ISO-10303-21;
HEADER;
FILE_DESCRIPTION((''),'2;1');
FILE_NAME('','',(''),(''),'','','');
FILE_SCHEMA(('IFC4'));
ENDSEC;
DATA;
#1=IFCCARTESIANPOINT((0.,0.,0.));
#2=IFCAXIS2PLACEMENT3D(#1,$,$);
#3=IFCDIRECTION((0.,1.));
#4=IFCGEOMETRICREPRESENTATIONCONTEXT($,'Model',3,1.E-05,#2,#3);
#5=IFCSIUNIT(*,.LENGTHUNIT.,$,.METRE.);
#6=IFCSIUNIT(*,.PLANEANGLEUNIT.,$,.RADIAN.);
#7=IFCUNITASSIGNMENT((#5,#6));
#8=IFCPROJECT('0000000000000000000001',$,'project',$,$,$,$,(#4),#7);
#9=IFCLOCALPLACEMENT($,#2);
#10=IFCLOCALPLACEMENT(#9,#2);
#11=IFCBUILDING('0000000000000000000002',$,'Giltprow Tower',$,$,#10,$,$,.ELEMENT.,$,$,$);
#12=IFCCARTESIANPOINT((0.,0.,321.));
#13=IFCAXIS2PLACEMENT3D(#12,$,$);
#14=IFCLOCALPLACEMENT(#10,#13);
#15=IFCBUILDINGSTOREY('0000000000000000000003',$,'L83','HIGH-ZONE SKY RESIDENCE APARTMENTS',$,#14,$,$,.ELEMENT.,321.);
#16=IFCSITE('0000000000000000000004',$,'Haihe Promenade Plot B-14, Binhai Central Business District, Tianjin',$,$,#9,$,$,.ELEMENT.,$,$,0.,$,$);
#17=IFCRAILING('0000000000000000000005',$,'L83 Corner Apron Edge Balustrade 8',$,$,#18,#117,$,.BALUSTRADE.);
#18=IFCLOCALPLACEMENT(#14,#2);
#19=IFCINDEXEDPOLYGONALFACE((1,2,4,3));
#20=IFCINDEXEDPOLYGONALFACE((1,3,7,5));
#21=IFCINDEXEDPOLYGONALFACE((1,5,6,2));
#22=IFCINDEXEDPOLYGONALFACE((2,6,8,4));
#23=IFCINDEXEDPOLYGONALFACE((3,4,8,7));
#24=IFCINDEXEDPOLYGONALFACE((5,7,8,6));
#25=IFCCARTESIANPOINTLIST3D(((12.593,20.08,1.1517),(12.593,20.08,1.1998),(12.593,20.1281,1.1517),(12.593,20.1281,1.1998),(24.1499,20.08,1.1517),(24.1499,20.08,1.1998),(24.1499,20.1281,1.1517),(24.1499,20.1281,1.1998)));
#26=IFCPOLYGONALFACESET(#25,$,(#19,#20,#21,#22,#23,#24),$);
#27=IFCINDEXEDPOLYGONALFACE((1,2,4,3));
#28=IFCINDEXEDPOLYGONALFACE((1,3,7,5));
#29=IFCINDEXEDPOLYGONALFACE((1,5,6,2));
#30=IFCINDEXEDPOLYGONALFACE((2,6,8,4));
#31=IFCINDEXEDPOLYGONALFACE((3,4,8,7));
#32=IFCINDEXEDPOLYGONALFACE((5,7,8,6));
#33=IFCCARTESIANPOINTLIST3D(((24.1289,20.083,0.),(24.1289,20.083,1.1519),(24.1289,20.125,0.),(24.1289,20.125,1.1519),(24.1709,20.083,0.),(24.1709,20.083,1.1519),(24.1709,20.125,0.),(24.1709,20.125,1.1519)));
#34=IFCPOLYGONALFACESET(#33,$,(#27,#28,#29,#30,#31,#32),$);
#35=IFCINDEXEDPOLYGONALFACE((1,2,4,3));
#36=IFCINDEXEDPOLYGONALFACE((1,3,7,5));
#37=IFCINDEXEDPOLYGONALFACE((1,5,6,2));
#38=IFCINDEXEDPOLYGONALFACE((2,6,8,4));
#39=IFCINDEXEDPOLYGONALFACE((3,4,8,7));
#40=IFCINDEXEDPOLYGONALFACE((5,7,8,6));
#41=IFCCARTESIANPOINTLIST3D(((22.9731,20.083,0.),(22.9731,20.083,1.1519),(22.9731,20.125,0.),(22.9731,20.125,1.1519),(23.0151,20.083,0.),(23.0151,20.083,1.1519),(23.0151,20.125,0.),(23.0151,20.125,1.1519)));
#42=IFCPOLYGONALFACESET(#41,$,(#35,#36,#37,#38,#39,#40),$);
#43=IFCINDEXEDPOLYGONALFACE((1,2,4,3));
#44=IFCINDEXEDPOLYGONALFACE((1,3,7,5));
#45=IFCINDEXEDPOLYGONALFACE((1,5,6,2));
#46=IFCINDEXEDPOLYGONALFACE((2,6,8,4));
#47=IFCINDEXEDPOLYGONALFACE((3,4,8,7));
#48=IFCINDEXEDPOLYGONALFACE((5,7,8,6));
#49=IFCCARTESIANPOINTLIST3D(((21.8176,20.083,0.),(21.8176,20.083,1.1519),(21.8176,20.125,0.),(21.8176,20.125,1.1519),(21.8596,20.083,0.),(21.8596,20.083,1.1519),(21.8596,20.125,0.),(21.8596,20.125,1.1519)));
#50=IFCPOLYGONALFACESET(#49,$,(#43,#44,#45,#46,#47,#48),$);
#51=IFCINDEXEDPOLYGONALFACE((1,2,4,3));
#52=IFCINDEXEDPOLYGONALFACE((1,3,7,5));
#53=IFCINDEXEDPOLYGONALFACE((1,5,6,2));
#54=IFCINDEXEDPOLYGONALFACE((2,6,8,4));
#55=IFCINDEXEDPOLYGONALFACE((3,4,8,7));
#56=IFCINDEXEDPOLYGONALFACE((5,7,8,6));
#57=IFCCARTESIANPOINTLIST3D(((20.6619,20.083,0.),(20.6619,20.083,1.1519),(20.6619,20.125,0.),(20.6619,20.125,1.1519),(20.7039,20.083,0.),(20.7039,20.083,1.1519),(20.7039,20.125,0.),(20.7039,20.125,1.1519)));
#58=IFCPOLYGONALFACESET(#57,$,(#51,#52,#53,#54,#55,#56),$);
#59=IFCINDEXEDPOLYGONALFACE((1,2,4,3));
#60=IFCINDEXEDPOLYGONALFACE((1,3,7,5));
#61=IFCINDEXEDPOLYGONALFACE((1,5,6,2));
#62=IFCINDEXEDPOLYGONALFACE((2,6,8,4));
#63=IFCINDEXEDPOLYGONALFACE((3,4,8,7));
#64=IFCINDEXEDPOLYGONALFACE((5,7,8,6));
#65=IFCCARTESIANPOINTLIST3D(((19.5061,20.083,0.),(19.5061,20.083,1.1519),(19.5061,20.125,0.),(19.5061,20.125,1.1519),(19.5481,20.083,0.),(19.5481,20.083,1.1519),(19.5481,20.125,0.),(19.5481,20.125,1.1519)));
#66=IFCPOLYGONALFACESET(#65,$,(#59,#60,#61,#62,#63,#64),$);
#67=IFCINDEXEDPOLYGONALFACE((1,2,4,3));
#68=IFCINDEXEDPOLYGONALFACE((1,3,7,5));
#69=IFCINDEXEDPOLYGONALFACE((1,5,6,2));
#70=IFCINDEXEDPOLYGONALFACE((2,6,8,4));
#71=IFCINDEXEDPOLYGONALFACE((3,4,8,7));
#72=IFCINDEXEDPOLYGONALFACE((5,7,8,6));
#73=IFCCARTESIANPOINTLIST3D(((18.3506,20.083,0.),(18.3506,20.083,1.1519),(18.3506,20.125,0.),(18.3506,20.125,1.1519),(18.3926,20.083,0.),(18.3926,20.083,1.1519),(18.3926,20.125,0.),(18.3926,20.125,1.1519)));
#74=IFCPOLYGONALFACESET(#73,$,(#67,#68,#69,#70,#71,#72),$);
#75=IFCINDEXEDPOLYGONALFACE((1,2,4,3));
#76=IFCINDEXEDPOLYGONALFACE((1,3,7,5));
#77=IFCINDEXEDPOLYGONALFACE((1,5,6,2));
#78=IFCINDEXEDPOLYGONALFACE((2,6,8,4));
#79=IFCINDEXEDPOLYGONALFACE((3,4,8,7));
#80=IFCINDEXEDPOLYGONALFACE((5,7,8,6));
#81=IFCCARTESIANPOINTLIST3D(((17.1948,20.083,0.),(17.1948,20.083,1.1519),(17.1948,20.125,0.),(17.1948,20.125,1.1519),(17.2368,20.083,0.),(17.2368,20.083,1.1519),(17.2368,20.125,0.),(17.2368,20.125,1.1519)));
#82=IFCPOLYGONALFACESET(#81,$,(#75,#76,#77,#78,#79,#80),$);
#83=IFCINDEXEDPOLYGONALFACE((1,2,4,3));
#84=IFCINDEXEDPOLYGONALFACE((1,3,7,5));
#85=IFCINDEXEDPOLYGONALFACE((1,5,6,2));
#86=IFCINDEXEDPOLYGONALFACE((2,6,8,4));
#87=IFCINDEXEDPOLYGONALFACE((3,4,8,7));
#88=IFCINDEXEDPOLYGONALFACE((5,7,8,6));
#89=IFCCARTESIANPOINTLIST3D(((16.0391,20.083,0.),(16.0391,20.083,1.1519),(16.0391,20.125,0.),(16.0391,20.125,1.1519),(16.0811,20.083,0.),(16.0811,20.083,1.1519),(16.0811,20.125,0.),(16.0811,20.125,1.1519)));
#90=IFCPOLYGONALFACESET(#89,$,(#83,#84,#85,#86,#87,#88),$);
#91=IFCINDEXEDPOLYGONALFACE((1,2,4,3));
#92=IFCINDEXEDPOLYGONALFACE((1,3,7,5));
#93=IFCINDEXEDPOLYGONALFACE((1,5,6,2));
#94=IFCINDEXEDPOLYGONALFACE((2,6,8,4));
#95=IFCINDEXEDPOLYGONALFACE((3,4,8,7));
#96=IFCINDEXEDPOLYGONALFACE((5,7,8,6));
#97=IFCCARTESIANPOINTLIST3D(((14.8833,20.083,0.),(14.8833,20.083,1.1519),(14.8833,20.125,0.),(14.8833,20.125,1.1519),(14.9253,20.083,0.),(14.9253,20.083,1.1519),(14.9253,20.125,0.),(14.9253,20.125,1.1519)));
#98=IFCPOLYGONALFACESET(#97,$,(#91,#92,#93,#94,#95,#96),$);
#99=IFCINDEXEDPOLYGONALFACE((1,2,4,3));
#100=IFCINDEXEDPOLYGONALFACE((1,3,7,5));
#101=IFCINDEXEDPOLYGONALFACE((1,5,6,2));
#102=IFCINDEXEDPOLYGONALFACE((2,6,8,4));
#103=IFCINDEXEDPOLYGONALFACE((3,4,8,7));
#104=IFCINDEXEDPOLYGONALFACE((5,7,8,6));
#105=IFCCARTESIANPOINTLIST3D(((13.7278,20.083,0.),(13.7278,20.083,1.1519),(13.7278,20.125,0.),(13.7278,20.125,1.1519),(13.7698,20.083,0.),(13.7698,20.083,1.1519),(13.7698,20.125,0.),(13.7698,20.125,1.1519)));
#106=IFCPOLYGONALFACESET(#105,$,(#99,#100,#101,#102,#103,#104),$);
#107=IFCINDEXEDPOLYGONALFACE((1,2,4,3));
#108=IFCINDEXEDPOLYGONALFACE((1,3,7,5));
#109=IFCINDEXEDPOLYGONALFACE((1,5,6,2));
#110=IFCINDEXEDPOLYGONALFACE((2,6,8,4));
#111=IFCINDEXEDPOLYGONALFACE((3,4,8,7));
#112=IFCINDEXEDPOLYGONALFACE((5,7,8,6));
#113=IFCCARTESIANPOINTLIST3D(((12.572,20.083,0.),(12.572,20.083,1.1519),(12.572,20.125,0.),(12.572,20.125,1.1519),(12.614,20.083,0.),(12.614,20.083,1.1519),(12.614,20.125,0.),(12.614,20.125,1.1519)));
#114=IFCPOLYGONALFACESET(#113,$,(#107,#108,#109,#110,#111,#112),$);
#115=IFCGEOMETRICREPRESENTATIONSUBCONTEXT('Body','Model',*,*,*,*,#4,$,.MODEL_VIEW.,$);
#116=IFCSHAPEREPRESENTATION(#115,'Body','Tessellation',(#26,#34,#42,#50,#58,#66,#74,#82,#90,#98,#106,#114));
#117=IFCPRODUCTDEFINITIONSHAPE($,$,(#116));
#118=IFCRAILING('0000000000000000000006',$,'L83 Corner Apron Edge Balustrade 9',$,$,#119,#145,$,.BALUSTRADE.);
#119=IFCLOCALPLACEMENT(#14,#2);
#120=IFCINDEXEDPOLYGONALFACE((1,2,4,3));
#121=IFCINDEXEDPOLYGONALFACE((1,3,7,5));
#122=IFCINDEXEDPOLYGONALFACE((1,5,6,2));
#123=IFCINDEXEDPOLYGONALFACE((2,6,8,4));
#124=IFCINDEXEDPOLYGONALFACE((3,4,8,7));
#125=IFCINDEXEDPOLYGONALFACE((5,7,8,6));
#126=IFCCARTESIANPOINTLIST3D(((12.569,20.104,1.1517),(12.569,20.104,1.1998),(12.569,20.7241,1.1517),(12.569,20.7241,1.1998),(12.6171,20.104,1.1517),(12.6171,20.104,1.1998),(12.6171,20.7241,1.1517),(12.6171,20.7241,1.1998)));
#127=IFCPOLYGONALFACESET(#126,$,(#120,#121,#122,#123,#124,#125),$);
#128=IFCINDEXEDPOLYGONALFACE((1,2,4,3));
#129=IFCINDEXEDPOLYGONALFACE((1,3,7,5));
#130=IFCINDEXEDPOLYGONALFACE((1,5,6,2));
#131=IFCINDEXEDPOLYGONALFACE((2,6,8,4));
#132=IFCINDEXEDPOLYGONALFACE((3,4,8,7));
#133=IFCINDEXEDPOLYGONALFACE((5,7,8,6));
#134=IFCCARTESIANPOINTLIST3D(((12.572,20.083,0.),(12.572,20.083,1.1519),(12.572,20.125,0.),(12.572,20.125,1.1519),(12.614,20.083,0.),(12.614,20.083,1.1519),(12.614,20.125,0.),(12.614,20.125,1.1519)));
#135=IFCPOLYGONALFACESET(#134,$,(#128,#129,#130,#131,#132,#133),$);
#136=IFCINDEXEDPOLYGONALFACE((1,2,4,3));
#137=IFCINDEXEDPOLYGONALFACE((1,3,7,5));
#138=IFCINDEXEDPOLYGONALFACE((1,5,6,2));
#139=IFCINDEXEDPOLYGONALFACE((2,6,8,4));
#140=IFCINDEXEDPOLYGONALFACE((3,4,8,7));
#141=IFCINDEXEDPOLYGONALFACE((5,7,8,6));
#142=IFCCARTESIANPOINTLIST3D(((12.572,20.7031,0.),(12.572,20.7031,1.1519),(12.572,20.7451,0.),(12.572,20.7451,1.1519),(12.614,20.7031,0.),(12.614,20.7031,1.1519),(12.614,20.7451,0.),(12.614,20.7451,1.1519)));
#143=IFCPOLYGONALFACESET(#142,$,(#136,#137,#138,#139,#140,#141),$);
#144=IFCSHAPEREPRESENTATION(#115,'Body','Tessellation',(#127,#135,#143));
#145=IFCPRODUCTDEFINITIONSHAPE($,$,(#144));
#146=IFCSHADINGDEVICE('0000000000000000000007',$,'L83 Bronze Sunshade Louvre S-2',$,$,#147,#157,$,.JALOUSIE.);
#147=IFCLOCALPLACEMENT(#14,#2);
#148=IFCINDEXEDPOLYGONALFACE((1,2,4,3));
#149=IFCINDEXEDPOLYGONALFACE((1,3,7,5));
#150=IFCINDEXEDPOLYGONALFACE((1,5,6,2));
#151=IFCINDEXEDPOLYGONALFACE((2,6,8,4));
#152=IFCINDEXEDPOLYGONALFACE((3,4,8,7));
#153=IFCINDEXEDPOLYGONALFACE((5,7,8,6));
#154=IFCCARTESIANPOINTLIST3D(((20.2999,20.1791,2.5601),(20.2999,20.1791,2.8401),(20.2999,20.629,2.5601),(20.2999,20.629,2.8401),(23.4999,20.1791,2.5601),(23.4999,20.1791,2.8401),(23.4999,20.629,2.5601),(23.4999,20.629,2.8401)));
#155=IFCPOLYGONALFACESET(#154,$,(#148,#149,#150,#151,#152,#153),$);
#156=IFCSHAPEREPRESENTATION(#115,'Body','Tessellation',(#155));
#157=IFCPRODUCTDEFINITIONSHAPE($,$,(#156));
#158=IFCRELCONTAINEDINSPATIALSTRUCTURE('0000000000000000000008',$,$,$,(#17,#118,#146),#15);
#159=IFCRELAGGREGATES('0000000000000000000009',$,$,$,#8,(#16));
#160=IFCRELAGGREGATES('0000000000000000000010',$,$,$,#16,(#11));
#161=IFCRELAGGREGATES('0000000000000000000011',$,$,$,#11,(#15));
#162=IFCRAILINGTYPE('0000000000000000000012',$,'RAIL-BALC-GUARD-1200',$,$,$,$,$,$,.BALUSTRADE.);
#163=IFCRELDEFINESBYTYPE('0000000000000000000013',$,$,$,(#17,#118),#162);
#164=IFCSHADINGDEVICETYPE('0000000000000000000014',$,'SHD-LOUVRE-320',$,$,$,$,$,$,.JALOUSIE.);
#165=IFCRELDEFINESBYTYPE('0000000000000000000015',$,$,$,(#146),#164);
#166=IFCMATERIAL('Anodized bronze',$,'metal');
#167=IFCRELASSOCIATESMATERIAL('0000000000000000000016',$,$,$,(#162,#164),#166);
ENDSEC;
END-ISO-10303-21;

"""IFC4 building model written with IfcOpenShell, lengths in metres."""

from ifc_helpers import new_model, si_unit, direction, frame, origin, origin_2d, place, context, subcontext, project, spatial, rectangle, extrude, source, transform, mapped, material, type_object, element, save


model = new_model("IFC4")

# Units and contexts
model_context = context("Model", 3, precision=1e-05, world=origin(), true_north=direction((0.0, 1.0)))
body_context = subcontext(model_context, "Body", "Model", "MODEL_VIEW")
ifc_project = project(units=[si_unit("LENGTHUNIT", "METRE"), si_unit("PLANEANGLEUNIT", "RADIAN")], contexts=[model_context])

# Site, building, storey
site_placement = place(None, origin())
site = spatial("IfcSite", under=ifc_project, at=site_placement, Name="Haihe Promenade Plot B-14, Binhai Central Business District, Tianjin", CompositionType="ELEMENT", RefElevation=0.0)
building_placement = place(site_placement, origin())
building = spatial("IfcBuilding", under=site, at=building_placement, Name="Giltprow Tower", CompositionType="ELEMENT")
storey_placement = place(building_placement, frame((0.0, 0.0, 321.0)))
storey = spatial("IfcBuildingStorey", under=building, at=storey_placement, Name="L83", Description="HIGH-ZONE SKY RESIDENCE APARTMENTS", CompositionType="ELEMENT", Elevation=321.0)

# Shared definitions
ifc_material_1 = material(Name="Anodized bronze", Category="metal")

# Railings
railing_type = type_object("IfcRailingType", Name="RAIL-BALC-GUARD-1200", PredefinedType="BALUSTRADE", material=ifc_material_1)
railing_1_placement = place(storey_placement, frame((24.1499, 20.104, 0.0)))
element("IfcRailing", 1, at=railing_1_placement, inside=storey, type_object=railing_type, Name="L83 Corner Apron Edge Balustrade 8", PredefinedType="BALUSTRADE", context=body_context, shape_type="SweptSolid", body=[
    extrude(rectangle(XDim=0.0481, YDim=0.0481, at=origin_2d()), frame((0.0, 0.0, 1.1758), z_axis=(-1.0, 0.0, 0.0), x_axis=(0.0, -1.0, 0.0)), (0.0, 0.0, 1.0), 11.5569),
    extrude(rectangle(XDim=0.042, YDim=0.042, at=origin_2d()), origin(), (0.0, 0.0, 1.0), 1.1519),
    extrude(rectangle(XDim=0.042, YDim=0.042, at=origin_2d()), frame((-1.1558, 0.0, 0.0)), (0.0, 0.0, 1.0), 1.1519),
    extrude(rectangle(XDim=0.042, YDim=0.042, at=origin_2d()), frame((-2.3113, 0.0, 0.0)), (0.0, 0.0, 1.0), 1.1519),
    extrude(rectangle(XDim=0.042, YDim=0.042, at=origin_2d()), frame((-3.467, 0.0, 0.0)), (0.0, 0.0, 1.0), 1.1519),
    extrude(rectangle(XDim=0.042, YDim=0.042, at=origin_2d()), frame((-4.6228, 0.0, 0.0)), (0.0, 0.0, 1.0), 1.1519),
    extrude(rectangle(XDim=0.042, YDim=0.042, at=origin_2d()), frame((-5.7783, 0.0, 0.0)), (0.0, 0.0, 1.0), 1.1519),
    extrude(rectangle(XDim=0.042, YDim=0.042, at=origin_2d()), frame((-6.9341, 0.0, 0.0)), (0.0, 0.0, 1.0), 1.1519),
    extrude(rectangle(XDim=0.042, YDim=0.042, at=origin_2d()), frame((-8.0898, 0.0, 0.0)), (0.0, 0.0, 1.0), 1.1519),
    extrude(rectangle(XDim=0.042, YDim=0.042, at=origin_2d()), frame((-9.2456, 0.0, 0.0)), (0.0, 0.0, 1.0), 1.1519),
    extrude(rectangle(XDim=0.042, YDim=0.042, at=origin_2d()), frame((-10.4011, 0.0, 0.0)), (0.0, 0.0, 1.0), 1.1519),
    extrude(rectangle(XDim=0.042, YDim=0.042, at=origin_2d()), frame((-11.5569, 0.0, 0.0)), (0.0, 0.0, 1.0), 1.1519),
])
railing_2_placement = place(storey_placement, frame((12.593, 20.104, 0.0)))
element("IfcRailing", 2, at=railing_2_placement, inside=storey, type_object=railing_type, Name="L83 Corner Apron Edge Balustrade 9", PredefinedType="BALUSTRADE", context=body_context, shape_type="SweptSolid", body=[
    extrude(rectangle(XDim=0.0481, YDim=0.0481, at=origin_2d()), frame((0.0, 0.0, 1.1758), z_axis=(0.0, 1.0, 0.0), x_axis=(-1.0, 0.0, 0.0)), (0.0, 0.0, 1.0), 0.6201),
    extrude(rectangle(XDim=0.042, YDim=0.042, at=origin_2d()), origin(), (0.0, 0.0, 1.0), 1.1519),
    extrude(rectangle(XDim=0.042, YDim=0.042, at=origin_2d()), frame((0.0, 0.6201, 0.0)), (0.0, 0.0, 1.0), 1.1519),
])

# Shading device
shading_device_type = type_object("IfcShadingDeviceType", Name="SHD-LOUVRE-320", PredefinedType="JALOUSIE", material=ifc_material_1)
shared_shape_1 = source(origin(), body_context, "Body", "SweptSolid", [
    extrude(rectangle(XDim=3.2, YDim=0.45, at=origin_2d()), origin(), (0.0, 0.0, 1.0), 0.28),
])
shading_device_placement = place(storey_placement, frame((21.8999, 20.4041, 2.5601), z_axis=(0.0, 0.0, 1.0), x_axis=(1.0, 0.0, 0.0)))
element("IfcShadingDevice", 3, at=shading_device_placement, inside=storey, type_object=shading_device_type, Name="L83 Bronze Sunshade Louvre S-2", PredefinedType="JALOUSIE", context=body_context, shape_type="MappedRepresentation", body=[
    mapped(shared_shape_1, transform((0.0, 0.0, 0.0), x_axis=(1.0, 0.0, 0.0), y_axis=(0.0, 1.0, 0.0), z_axis=(0.0, 0.0, 1.0), scale=1.0)),
])

save(model, "model.ifc")
